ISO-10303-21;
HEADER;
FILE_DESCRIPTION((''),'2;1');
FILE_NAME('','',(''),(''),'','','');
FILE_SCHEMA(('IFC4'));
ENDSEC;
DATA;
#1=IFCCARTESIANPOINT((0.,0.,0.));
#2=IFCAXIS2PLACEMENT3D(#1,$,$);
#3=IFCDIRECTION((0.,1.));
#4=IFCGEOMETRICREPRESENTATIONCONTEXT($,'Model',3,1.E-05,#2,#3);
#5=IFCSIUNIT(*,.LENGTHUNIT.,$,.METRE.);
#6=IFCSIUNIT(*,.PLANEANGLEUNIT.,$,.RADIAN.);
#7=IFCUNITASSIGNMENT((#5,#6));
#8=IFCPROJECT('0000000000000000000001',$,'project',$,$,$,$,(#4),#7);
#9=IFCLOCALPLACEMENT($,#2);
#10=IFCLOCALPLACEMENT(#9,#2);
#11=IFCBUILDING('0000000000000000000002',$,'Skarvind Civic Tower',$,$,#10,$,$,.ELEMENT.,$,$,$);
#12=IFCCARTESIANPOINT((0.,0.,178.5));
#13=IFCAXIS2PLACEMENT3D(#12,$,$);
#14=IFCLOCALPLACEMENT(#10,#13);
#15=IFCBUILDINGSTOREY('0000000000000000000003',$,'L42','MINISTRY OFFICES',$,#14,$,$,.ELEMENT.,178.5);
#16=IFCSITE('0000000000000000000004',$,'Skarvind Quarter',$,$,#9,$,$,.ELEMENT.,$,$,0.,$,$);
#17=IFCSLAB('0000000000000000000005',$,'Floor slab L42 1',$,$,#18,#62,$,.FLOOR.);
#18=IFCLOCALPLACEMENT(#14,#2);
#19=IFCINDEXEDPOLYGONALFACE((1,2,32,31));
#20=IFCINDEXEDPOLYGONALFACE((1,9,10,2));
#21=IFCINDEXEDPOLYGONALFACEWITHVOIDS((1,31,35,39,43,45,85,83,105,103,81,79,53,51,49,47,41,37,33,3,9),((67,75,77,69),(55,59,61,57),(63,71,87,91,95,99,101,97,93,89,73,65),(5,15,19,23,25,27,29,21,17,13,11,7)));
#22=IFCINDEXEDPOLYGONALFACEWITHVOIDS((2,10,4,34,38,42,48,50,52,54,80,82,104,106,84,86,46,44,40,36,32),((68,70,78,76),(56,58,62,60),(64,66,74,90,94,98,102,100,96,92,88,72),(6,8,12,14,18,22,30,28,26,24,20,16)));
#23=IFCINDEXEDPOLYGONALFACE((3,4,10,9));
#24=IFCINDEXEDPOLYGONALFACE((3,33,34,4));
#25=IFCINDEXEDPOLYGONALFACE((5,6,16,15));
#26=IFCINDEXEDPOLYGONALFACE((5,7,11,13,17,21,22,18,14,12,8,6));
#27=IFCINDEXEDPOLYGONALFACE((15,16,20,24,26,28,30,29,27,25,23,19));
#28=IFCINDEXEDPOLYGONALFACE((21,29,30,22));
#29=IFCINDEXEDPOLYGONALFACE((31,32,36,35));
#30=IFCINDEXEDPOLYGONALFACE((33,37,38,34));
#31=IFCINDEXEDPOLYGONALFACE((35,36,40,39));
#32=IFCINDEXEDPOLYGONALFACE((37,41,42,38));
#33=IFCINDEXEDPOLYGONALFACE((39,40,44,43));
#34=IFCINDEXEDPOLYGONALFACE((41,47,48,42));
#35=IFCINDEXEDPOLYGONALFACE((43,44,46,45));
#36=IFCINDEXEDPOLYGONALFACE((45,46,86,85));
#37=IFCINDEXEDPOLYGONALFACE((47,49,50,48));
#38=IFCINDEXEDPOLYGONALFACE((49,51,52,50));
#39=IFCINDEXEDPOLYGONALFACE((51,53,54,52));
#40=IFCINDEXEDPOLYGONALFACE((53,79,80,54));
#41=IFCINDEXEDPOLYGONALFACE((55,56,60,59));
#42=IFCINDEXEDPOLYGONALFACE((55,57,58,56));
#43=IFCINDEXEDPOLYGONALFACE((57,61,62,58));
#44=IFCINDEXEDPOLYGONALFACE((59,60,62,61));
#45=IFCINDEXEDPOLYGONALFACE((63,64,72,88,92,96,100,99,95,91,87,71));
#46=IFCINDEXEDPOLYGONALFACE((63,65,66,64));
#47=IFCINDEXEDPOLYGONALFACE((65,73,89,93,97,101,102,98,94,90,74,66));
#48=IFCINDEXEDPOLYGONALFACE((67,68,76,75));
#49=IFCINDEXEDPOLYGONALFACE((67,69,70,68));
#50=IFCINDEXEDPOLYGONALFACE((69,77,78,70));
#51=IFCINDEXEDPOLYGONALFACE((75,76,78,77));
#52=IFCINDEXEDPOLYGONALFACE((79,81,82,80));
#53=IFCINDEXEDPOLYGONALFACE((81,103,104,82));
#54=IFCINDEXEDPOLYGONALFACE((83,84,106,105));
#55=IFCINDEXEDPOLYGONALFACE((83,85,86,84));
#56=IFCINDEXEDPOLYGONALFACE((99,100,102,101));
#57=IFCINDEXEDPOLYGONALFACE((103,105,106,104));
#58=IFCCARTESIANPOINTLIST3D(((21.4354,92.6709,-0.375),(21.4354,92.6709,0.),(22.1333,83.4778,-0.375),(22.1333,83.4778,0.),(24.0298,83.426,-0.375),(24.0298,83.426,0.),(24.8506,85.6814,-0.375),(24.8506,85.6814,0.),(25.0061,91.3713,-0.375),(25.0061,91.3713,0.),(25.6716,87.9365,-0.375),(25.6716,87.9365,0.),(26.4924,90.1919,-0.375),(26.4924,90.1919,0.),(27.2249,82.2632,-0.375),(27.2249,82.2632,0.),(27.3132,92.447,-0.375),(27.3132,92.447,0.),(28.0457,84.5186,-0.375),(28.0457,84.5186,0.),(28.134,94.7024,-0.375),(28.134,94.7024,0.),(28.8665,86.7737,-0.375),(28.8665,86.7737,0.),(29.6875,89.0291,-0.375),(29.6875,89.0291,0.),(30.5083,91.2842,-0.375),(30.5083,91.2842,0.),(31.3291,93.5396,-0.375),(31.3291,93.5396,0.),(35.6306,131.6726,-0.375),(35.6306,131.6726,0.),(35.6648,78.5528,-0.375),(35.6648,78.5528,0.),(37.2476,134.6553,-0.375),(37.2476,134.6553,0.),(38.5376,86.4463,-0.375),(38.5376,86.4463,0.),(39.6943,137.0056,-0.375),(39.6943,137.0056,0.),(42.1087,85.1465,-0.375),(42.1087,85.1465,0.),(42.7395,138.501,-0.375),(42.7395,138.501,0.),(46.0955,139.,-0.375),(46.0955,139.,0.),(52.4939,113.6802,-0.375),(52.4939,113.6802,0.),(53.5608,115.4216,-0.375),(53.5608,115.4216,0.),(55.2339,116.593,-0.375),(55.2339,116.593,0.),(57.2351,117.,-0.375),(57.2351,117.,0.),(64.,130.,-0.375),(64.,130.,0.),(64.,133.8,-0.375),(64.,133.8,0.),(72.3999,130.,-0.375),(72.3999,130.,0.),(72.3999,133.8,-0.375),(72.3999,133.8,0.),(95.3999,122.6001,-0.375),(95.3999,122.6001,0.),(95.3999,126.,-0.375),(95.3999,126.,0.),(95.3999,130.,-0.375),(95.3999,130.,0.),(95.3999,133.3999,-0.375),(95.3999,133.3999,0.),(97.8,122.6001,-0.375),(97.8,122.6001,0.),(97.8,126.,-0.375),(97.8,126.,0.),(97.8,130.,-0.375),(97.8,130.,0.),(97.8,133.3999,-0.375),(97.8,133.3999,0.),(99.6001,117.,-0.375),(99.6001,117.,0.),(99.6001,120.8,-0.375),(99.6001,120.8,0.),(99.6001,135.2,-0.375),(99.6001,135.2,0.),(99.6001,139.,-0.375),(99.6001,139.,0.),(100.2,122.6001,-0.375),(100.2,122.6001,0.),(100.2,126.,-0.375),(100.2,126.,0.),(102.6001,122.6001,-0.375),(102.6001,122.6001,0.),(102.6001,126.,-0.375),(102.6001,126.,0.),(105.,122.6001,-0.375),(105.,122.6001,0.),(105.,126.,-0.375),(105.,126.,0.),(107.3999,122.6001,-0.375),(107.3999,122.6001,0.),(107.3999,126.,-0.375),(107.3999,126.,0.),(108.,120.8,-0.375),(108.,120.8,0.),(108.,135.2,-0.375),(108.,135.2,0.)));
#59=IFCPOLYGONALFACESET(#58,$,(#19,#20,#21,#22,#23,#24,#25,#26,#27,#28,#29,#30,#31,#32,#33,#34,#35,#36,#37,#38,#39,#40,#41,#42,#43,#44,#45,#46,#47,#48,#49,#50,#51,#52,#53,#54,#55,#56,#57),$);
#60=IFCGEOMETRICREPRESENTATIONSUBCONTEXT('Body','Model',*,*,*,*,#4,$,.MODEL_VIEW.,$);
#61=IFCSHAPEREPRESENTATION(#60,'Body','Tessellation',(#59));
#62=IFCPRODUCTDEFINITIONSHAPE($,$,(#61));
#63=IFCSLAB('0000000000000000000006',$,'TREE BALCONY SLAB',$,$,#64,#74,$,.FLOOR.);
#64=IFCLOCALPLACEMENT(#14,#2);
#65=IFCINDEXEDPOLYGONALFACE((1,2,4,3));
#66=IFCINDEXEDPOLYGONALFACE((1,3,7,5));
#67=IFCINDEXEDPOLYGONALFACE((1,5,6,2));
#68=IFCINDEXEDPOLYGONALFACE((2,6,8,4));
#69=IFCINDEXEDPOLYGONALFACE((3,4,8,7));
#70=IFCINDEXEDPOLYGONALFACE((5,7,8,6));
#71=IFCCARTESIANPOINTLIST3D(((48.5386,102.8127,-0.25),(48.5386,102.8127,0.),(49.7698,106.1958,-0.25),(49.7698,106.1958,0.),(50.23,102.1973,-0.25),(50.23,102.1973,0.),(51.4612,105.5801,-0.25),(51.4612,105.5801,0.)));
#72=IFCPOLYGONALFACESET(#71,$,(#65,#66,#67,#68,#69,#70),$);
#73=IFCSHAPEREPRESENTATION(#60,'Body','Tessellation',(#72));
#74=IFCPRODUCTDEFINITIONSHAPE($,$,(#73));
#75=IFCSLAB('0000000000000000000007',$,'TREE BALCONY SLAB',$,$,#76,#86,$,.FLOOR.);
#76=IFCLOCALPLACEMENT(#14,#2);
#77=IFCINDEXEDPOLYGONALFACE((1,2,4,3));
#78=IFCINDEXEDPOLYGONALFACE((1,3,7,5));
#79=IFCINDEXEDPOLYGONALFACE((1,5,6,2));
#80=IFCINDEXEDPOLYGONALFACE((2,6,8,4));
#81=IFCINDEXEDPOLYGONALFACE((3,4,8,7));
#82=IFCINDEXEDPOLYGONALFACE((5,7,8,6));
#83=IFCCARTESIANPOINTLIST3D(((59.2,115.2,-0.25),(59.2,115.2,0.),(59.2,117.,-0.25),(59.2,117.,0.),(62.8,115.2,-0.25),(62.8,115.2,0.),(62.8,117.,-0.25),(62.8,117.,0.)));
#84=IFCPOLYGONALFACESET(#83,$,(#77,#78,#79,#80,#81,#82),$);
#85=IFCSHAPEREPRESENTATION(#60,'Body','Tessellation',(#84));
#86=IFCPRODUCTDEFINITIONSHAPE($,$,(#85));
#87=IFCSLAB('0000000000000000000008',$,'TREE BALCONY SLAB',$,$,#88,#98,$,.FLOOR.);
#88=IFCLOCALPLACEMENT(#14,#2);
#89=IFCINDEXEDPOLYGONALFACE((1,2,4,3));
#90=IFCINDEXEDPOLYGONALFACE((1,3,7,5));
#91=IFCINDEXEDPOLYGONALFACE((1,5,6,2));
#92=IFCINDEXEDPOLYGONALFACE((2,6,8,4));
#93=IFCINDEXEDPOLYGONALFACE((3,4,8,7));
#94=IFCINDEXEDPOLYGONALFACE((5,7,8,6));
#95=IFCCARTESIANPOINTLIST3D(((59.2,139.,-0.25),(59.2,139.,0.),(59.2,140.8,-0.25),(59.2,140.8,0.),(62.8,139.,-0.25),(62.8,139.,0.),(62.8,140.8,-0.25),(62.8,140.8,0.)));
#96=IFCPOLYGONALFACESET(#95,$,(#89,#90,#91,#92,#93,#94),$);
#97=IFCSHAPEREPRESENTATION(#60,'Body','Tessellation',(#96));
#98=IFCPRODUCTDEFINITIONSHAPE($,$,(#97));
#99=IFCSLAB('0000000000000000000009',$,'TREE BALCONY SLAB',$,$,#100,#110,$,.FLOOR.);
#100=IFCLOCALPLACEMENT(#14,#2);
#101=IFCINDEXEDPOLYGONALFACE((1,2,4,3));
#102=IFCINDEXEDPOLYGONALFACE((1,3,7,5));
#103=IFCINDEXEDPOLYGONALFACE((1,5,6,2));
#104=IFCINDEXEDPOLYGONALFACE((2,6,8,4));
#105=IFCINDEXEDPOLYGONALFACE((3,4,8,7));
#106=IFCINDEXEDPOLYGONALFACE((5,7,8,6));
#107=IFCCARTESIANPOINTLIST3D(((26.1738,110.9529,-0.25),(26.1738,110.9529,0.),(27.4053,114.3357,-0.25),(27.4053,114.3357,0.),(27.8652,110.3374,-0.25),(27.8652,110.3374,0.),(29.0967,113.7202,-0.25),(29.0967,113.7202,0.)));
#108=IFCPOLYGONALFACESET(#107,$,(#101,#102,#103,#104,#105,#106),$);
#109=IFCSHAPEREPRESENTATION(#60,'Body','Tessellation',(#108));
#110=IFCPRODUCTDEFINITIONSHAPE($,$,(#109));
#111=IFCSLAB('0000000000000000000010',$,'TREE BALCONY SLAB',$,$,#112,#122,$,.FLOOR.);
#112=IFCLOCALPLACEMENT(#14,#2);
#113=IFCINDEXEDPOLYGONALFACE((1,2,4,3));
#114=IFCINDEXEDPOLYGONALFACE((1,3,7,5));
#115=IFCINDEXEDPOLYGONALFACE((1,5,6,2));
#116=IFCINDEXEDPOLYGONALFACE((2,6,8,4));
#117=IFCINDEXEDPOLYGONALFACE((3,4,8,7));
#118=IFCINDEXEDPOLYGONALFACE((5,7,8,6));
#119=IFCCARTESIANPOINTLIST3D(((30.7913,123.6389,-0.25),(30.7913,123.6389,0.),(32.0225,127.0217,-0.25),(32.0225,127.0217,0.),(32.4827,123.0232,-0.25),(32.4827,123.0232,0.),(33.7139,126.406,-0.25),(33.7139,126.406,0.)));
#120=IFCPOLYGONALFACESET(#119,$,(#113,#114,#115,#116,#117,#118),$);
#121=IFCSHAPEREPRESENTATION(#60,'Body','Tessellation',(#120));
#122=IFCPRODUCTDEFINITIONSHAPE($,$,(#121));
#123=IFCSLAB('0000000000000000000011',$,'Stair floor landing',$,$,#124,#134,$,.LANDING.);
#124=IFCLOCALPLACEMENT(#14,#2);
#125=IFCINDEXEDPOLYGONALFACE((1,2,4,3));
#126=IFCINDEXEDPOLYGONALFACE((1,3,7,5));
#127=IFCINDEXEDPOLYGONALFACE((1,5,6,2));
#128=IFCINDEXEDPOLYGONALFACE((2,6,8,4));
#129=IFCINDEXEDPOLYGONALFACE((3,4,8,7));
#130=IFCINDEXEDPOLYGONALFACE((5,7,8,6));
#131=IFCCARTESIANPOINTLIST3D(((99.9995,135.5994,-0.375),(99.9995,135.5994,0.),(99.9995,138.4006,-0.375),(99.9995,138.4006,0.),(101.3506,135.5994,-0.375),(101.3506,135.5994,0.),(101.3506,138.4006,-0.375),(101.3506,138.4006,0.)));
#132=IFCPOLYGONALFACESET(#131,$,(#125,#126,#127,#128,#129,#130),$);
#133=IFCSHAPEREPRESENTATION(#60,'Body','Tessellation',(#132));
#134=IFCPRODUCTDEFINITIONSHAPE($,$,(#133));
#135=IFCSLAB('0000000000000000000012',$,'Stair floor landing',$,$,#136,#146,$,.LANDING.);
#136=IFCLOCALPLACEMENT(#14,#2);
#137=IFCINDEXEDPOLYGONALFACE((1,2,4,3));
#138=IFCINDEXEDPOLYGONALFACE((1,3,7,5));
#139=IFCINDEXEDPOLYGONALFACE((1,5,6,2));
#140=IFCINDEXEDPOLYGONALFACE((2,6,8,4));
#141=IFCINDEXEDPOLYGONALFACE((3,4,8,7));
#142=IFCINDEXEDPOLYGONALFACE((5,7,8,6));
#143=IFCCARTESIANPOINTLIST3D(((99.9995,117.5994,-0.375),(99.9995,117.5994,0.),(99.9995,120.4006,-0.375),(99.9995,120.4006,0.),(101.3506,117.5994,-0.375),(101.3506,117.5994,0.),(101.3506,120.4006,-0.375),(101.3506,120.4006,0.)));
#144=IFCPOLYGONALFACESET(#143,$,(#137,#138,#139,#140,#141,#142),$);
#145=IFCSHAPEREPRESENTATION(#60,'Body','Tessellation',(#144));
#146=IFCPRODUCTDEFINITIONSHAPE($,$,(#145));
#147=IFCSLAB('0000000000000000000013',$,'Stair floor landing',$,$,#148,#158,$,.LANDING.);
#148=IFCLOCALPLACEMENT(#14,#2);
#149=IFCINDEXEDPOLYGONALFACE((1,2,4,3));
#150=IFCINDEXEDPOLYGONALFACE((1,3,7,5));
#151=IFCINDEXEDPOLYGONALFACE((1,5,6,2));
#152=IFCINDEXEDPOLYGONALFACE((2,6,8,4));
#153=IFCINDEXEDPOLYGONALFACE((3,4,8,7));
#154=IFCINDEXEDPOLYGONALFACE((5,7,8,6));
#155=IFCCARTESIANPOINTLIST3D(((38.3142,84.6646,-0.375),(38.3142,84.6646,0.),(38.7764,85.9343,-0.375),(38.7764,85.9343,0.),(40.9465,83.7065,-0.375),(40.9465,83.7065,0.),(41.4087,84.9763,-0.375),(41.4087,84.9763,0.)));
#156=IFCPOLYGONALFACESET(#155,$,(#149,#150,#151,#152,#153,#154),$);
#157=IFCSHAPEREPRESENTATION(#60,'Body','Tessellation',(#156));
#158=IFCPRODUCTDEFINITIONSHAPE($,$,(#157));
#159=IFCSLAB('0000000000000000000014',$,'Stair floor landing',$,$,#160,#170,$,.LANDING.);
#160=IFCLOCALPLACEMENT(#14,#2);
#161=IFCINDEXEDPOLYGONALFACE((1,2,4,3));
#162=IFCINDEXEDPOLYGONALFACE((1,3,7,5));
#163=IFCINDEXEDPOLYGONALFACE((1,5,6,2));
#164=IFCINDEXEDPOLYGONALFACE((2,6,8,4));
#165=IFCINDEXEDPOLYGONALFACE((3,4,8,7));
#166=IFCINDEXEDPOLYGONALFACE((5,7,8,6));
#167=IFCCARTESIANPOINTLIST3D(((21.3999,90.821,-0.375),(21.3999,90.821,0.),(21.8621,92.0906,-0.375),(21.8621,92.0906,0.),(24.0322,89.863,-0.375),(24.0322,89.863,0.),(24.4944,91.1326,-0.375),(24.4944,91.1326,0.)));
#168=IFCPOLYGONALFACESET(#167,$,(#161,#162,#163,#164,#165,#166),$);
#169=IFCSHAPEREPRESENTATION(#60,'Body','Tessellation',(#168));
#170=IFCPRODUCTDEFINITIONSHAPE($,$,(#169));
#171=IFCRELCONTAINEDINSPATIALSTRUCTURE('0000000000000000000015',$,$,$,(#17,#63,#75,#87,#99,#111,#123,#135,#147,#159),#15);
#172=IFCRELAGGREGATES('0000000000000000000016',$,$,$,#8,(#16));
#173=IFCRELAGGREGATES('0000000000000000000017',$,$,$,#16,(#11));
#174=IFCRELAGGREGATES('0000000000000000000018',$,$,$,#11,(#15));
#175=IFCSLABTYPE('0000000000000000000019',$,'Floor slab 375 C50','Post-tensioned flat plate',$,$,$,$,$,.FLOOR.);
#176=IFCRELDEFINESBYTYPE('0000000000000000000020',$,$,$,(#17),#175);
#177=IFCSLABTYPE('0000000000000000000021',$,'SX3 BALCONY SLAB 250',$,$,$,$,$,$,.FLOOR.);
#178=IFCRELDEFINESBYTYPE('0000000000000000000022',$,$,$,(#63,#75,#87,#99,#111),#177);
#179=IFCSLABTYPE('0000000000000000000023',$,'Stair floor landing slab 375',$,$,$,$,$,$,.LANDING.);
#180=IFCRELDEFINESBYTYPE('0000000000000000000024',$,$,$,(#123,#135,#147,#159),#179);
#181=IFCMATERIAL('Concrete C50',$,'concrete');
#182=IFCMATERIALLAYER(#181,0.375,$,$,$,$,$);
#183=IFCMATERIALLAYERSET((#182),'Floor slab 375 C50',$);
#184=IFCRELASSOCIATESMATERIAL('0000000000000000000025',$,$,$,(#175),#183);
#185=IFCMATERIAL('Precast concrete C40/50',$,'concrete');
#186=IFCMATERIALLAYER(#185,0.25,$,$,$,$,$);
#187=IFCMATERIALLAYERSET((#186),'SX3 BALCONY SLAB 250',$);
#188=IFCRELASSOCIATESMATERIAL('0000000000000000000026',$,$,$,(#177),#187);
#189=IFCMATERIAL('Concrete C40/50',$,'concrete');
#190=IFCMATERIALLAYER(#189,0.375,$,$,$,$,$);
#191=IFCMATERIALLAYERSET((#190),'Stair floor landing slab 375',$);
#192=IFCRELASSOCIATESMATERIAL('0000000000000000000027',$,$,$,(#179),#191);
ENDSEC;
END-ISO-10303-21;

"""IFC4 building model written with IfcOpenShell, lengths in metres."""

from ifc_helpers import new_model, si_unit, direction, frame, origin, place, context, subcontext, project, spatial, polyline, outline, extrude, material, layer, layer_set, type_object, element, save


model = new_model("IFC4")

# Units and contexts
model_context = context("Model", 3, precision=1e-05, world=origin(), true_north=direction((0.0, 1.0)))
body_context = subcontext(model_context, "Body", "Model", "MODEL_VIEW")
ifc_project = project(units=[si_unit("LENGTHUNIT", "METRE"), si_unit("PLANEANGLEUNIT", "RADIAN")], contexts=[model_context])

# Site, building, storey
site_placement = place(None, origin())
site = spatial("IfcSite", under=ifc_project, at=site_placement, Name="Skarvind Quarter", CompositionType="ELEMENT", RefElevation=0.0)
building_placement = place(site_placement, origin())
building = spatial("IfcBuilding", under=site, at=building_placement, Name="Skarvind Civic Tower", CompositionType="ELEMENT")
storey_placement = place(building_placement, frame((0.0, 0.0, 178.5)))
storey = spatial("IfcBuildingStorey", under=building, at=storey_placement, Name="L42", Description="MINISTRY OFFICES", CompositionType="ELEMENT", Elevation=178.5)

# Slabs
ifc_material_1 = material(Name="Concrete C50", Category="concrete")
ifc_layer_1 = layer(ifc_material_1, 0.375)
ifc_layer_set_1 = layer_set([ifc_layer_1], Name="Floor slab 375 C50")
slab_type_1 = type_object("IfcSlabType", Name="Floor slab 375 C50", Description="Post-tensioned flat plate", PredefinedType="FLOOR", material=ifc_layer_set_1)
slab_1_placement = place(storey_placement, frame((0.0, 0.0, -0.375)))
element("IfcSlab", 1, at=slab_1_placement, inside=storey, type_object=slab_type_1, Name="Floor slab L42 1", PredefinedType="FLOOR", context=body_context, shape_type="SweptSolid", body=[
    extrude(outline(polyline([(99.6001, 117.0), (99.6001, 120.8), (108.0, 120.8), (108.0, 135.2), (99.6001, 135.2), (99.6001, 139.0), (46.0955, 139.0), (42.7395, 138.501), (39.6943, 137.0056), (37.2476, 134.6553), (35.6306, 131.6726), (19.4175, 87.1267), (21.4353, 92.6709), (25.0061, 91.3713), (22.1333, 83.4778), (36.8865, 78.1082), (35.6648, 78.5527), (38.5376, 86.4463), (42.1086, 85.1465), (40.0908, 79.6023), (40.0908, 79.6023), (52.4939, 113.6802), (53.5608, 115.4216), (55.2339, 116.593), (57.2351, 117.0), (99.6001, 117.0)]), holes=[polyline([(25.6716, 87.9365), (26.4924, 90.1919), (27.3132, 92.447), (28.134, 94.7024), (31.3291, 93.5396), (30.5083, 91.2842), (29.6875, 89.0291), (28.8665, 86.7737), (28.8665, 86.7737), (28.0457, 84.5186), (27.2249, 82.2632), (24.0298, 83.426), (24.8506, 85.6814), (25.6716, 87.9365), (25.6716, 87.9365)]), polyline([(64.0, 130.0), (64.0, 133.8), (72.3999, 133.8), (72.3999, 130.0), (64.0, 130.0)]), polyline([(97.8, 126.0), (100.2, 126.0), (102.6001, 126.0), (105.0, 126.0), (107.3999, 126.0), (107.3999, 122.6001), (105.0, 122.6001), (102.6001, 122.6001), (100.2, 122.6001), (97.8, 122.6001), (95.3999, 122.6001), (95.3999, 126.0), (97.8, 126.0)]), polyline([(97.8, 133.3999), (97.8, 130.0), (95.3999, 130.0), (95.3999, 133.3999), (97.8, 133.3999)])]), origin(), (0.0, 0.0, 1.0), 0.375),
])
ifc_material_2 = material(Name="Precast concrete C40/50", Category="concrete")
ifc_layer_2 = layer(ifc_material_2, 0.25)
ifc_layer_set_2 = layer_set([ifc_layer_2], Name="SX3 BALCONY SLAB 250")
slab_type_2 = type_object("IfcSlabType", Name="SX3 BALCONY SLAB 250", PredefinedType="FLOOR", material=ifc_layer_set_2)
slab_2_placement = place(storey_placement, frame((0.0, 0.0, -0.25)))
element("IfcSlab", 2, at=slab_2_placement, inside=storey, type_object=slab_type_2, Name="TREE BALCONY SLAB", PredefinedType="FLOOR", context=body_context, shape_type="SweptSolid", body=[
    extrude(outline(polyline([(49.7698, 106.1958), (48.5386, 102.8127), (50.23, 102.1973), (51.4612, 105.5801), (49.7698, 106.1958)])), origin(), (0.0, 0.0, 1.0), 0.25),
])
slab_3_placement = place(storey_placement, frame((0.0, 0.0, -0.25)))
element("IfcSlab", 3, at=slab_3_placement, inside=storey, type_object=slab_type_2, Name="TREE BALCONY SLAB", PredefinedType="FLOOR", context=body_context, shape_type="SweptSolid", body=[
    extrude(outline(polyline([(62.8, 117.0), (59.2, 117.0), (59.2, 115.2), (62.8, 115.2), (62.8, 117.0)])), origin(), (0.0, 0.0, 1.0), 0.25),
])
slab_4_placement = place(storey_placement, frame((0.0, 0.0, -0.25)))
element("IfcSlab", 4, at=slab_4_placement, inside=storey, type_object=slab_type_2, Name="TREE BALCONY SLAB", PredefinedType="FLOOR", context=body_context, shape_type="SweptSolid", body=[
    extrude(outline(polyline([(59.2, 139.0), (62.8, 139.0), (62.8, 140.8), (59.2, 140.8), (59.2, 139.0)])), origin(), (0.0, 0.0, 1.0), 0.25),
])
slab_5_placement = place(storey_placement, frame((0.0, 0.0, -0.25)))
element("IfcSlab", 5, at=slab_5_placement, inside=storey, type_object=slab_type_2, Name="TREE BALCONY SLAB", PredefinedType="FLOOR", context=body_context, shape_type="SweptSolid", body=[
    extrude(outline(polyline([(27.8652, 110.3374), (29.0967, 113.7202), (27.4053, 114.3357), (26.1738, 110.9529), (27.8652, 110.3374)])), origin(), (0.0, 0.0, 1.0), 0.25),
])
slab_6_placement = place(storey_placement, frame((0.0, 0.0, -0.25)))
element("IfcSlab", 6, at=slab_6_placement, inside=storey, type_object=slab_type_2, Name="TREE BALCONY SLAB", PredefinedType="FLOOR", context=body_context, shape_type="SweptSolid", body=[
    extrude(outline(polyline([(32.4827, 123.0232), (33.7139, 126.406), (32.0225, 127.0217), (30.7913, 123.6389), (32.4827, 123.0232)])), origin(), (0.0, 0.0, 1.0), 0.25),
])
ifc_material_3 = material(Name="Concrete C40/50", Category="concrete")
ifc_layer_3 = layer(ifc_material_3, 0.375)
ifc_layer_set_3 = layer_set([ifc_layer_3], Name="Stair floor landing slab 375")
slab_type_3 = type_object("IfcSlabType", Name="Stair floor landing slab 375", PredefinedType="LANDING", material=ifc_layer_set_3)
slab_7_placement = place(storey_placement, frame((0.0, 0.0, -0.375)))
element("IfcSlab", 7, at=slab_7_placement, inside=storey, type_object=slab_type_3, Name="Stair floor landing", PredefinedType="LANDING", context=body_context, shape_type="SweptSolid", body=[
    extrude(outline(polyline([(101.3506, 138.4006), (101.3506, 135.5994), (99.9995, 135.5994), (99.9995, 138.4006), (101.3506, 138.4006)])), origin(), (0.0, 0.0, 1.0), 0.375),
])
slab_8_placement = place(storey_placement, frame((0.0, 0.0, -0.375)))
element("IfcSlab", 8, at=slab_8_placement, inside=storey, type_object=slab_type_3, Name="Stair floor landing", PredefinedType="LANDING", context=body_context, shape_type="SweptSolid", body=[
    extrude(outline(polyline([(101.3506, 120.4006), (101.3506, 117.5994), (99.9995, 117.5994), (99.9995, 120.4006), (101.3506, 120.4006)])), origin(), (0.0, 0.0, 1.0), 0.375),
])
slab_9_placement = place(storey_placement, frame((0.0, 0.0, -0.375)))
element("IfcSlab", 9, at=slab_9_placement, inside=storey, type_object=slab_type_3, Name="Stair floor landing", PredefinedType="LANDING", context=body_context, shape_type="SweptSolid", body=[
    extrude(outline(polyline([(40.9465, 83.7065), (38.3142, 84.6646), (38.7764, 85.9343), (41.4087, 84.9763), (40.9465, 83.7065)])), origin(), (0.0, 0.0, 1.0), 0.375),
])
slab_10_placement = place(storey_placement, frame((0.0, 0.0, -0.375)))
element("IfcSlab", 10, at=slab_10_placement, inside=storey, type_object=slab_type_3, Name="Stair floor landing", PredefinedType="LANDING", context=body_context, shape_type="SweptSolid", body=[
    extrude(outline(polyline([(24.0322, 89.863), (21.3999, 90.821), (21.8621, 92.0906), (24.4944, 91.1326), (24.0322, 89.863)])), origin(), (0.0, 0.0, 1.0), 0.375),
])

save(model, "model.ifc")
